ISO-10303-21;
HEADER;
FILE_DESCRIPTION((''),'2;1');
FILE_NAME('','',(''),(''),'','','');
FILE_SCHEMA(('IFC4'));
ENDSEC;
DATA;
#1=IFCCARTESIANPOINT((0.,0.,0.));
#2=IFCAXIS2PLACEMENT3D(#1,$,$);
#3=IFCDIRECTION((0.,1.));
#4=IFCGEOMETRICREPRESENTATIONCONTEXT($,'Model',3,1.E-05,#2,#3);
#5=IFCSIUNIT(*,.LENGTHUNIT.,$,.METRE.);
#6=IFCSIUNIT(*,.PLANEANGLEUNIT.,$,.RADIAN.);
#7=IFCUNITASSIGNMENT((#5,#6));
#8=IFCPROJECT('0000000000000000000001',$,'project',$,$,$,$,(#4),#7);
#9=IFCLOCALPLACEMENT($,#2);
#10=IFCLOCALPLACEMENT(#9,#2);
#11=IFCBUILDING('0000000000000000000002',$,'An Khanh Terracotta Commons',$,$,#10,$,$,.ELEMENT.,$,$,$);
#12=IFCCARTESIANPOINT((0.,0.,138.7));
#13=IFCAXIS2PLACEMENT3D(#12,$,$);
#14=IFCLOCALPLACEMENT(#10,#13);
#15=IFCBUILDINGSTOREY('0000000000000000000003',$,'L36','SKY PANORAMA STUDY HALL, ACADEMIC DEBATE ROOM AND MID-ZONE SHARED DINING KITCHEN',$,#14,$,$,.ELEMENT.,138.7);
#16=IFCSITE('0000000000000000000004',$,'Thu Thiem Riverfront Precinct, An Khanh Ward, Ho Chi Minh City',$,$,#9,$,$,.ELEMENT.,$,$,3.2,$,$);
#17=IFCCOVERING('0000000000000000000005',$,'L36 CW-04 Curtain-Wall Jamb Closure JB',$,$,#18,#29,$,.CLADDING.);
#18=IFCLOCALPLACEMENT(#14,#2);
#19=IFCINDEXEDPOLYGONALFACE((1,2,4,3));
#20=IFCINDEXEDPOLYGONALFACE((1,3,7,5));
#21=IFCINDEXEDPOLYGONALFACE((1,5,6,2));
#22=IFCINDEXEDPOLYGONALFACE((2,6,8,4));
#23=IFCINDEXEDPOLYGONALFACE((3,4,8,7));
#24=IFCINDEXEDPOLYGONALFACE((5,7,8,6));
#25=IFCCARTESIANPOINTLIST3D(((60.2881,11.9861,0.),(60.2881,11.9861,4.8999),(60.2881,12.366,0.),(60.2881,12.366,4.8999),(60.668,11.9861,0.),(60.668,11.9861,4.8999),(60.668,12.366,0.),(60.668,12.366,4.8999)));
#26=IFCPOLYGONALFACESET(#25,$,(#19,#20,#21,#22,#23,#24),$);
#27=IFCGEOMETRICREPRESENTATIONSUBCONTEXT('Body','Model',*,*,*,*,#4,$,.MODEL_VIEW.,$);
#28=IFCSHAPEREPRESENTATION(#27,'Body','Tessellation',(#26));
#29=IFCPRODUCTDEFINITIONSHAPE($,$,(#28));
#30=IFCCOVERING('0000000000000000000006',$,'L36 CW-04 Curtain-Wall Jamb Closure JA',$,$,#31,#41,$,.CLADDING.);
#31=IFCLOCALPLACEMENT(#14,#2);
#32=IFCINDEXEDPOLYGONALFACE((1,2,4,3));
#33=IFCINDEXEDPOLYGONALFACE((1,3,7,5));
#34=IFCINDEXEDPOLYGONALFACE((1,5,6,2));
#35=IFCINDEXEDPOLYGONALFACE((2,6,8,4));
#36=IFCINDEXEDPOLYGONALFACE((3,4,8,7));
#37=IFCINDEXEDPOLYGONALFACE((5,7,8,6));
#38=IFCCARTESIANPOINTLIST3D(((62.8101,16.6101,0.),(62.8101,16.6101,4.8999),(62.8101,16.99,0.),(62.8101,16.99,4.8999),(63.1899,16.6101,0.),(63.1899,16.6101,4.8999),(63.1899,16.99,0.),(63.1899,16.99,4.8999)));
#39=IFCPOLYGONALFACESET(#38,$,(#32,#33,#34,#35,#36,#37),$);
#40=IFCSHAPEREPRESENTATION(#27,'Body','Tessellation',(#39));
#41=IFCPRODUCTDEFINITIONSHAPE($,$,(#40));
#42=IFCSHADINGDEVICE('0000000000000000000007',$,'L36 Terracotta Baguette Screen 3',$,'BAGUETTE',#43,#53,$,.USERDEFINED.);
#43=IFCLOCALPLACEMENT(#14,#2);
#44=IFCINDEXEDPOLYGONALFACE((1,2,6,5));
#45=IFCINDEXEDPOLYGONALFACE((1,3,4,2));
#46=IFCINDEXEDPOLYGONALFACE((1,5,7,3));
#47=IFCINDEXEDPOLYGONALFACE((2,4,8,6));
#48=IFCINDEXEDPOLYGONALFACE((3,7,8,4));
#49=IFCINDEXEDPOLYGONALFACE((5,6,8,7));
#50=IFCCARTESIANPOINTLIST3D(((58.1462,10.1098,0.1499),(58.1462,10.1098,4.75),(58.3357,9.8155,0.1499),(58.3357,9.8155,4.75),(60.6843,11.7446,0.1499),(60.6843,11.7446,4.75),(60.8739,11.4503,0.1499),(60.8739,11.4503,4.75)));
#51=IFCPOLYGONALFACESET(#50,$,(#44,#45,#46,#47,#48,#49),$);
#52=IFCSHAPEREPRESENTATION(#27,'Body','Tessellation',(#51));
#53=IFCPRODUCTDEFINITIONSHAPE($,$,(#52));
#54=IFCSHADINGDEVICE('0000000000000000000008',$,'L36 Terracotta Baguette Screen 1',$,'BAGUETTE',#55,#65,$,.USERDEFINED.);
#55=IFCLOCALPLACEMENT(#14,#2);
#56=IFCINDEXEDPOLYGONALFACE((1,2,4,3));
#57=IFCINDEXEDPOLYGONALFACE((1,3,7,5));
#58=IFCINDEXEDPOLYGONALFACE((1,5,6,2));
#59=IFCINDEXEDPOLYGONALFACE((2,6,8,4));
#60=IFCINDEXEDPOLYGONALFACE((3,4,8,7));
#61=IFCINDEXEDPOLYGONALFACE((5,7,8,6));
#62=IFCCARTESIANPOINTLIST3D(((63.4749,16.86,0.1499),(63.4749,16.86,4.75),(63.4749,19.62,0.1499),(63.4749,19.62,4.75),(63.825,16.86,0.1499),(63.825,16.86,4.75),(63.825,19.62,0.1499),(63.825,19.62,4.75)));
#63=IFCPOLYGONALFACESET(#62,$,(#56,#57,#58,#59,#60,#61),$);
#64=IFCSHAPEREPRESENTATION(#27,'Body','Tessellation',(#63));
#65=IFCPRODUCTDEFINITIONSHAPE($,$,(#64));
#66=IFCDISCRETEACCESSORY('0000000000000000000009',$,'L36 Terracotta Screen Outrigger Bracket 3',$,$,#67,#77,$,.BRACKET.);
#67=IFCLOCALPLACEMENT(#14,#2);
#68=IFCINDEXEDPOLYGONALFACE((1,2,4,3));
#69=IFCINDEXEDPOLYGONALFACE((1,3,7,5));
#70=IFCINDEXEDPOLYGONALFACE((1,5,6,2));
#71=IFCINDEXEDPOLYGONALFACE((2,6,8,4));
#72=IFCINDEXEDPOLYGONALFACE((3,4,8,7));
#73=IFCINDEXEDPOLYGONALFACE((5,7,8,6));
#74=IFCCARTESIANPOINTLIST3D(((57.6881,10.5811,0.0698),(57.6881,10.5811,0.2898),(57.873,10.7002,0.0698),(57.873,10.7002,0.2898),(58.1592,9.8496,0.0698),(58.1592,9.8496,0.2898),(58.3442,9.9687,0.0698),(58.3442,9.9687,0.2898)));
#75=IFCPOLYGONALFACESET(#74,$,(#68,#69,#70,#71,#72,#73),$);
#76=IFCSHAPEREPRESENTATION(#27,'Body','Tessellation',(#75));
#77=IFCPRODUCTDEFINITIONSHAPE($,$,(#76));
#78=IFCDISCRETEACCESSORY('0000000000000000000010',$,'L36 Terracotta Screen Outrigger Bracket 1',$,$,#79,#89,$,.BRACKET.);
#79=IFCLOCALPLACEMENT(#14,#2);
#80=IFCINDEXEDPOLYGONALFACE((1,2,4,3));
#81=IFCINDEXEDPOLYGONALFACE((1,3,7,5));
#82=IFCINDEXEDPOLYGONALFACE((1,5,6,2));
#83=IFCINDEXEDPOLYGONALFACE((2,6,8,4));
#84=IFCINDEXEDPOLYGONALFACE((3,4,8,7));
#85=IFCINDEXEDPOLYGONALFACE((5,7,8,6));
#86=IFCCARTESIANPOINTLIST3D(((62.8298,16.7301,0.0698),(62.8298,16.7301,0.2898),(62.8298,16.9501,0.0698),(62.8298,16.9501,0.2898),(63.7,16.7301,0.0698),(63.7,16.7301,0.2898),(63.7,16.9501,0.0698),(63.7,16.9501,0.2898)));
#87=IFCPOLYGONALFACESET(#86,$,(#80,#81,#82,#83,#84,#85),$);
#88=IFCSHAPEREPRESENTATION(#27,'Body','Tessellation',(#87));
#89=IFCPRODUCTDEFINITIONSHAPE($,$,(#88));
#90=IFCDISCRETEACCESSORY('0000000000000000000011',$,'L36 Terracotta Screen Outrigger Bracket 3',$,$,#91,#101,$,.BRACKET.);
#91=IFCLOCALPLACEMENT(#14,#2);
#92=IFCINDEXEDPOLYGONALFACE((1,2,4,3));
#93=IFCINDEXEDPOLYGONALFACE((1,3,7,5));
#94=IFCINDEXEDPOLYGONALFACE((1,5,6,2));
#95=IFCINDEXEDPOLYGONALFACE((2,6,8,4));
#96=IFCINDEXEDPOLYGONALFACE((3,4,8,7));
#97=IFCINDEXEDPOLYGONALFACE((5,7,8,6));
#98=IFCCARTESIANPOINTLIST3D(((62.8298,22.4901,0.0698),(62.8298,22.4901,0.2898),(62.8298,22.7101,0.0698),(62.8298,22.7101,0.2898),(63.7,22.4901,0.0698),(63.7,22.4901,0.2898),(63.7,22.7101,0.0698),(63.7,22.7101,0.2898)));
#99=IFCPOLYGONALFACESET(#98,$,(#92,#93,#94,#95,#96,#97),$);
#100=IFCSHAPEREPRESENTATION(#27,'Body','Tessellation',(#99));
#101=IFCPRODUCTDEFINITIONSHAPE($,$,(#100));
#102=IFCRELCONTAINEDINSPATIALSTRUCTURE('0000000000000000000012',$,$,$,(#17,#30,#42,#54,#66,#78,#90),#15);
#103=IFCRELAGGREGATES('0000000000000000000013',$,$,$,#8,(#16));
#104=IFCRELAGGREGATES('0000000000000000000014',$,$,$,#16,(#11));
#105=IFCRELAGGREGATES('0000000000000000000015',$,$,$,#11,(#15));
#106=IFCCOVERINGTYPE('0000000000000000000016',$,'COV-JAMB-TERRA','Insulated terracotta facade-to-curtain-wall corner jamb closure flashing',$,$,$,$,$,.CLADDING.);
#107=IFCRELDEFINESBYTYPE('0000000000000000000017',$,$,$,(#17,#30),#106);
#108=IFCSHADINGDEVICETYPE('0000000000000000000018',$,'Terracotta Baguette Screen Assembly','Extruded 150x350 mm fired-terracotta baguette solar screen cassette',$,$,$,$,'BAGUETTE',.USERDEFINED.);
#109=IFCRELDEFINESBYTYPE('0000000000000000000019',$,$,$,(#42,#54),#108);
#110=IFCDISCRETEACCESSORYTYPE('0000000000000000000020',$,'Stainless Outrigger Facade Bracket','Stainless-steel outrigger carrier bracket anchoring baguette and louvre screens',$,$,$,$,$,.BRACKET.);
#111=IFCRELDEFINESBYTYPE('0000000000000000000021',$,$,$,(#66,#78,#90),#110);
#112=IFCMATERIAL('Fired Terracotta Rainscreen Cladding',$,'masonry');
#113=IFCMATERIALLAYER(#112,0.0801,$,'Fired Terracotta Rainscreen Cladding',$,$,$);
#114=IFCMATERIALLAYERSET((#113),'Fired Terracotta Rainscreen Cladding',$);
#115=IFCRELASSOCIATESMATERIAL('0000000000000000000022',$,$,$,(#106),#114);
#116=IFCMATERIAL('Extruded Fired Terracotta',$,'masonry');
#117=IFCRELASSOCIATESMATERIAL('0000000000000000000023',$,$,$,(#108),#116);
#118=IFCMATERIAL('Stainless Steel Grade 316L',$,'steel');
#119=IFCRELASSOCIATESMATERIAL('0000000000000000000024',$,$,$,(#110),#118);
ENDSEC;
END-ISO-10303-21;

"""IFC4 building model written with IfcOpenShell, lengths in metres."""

from ifc_helpers import new_model, si_unit, direction, frame, origin, origin_2d, place, context, subcontext, project, spatial, rectangle, extrude, material, layer, layer_set, type_object, element, save


model = new_model("IFC4")

# Units and contexts
model_context = context("Model", 3, precision=1e-05, world=origin(), true_north=direction((0.0, 1.0)))
body_context = subcontext(model_context, "Body", "Model", "MODEL_VIEW")
ifc_project = project(units=[si_unit("LENGTHUNIT", "METRE"), si_unit("PLANEANGLEUNIT", "RADIAN")], contexts=[model_context])

# Site, building, storey
site_placement = place(None, origin())
site = spatial("IfcSite", under=ifc_project, at=site_placement, Name="Thu Thiem Riverfront Precinct, An Khanh Ward, Ho Chi Minh City", CompositionType="ELEMENT", RefElevation=3.2)
building_placement = place(site_placement, origin())
building = spatial("IfcBuilding", under=site, at=building_placement, Name="An Khanh Terracotta Commons", CompositionType="ELEMENT")
storey_placement = place(building_placement, frame((0.0, 0.0, 138.7)))
storey = spatial("IfcBuildingStorey", under=building, at=storey_placement, Name="L36", Description="SKY PANORAMA STUDY HALL, ACADEMIC DEBATE ROOM AND MID-ZONE SHARED DINING KITCHEN", CompositionType="ELEMENT", Elevation=138.7)

# Coverings
ifc_material_1 = material(Name="Fired Terracotta Rainscreen Cladding", Category="masonry")
ifc_layer_1 = layer(ifc_material_1, 0.0801, Name="Fired Terracotta Rainscreen Cladding")
ifc_layer_set_1 = layer_set([ifc_layer_1], Name="Fired Terracotta Rainscreen Cladding")
covering_type = type_object("IfcCoveringType", Name="COV-JAMB-TERRA", Description="Insulated terracotta facade-to-curtain-wall corner jamb closure flashing", PredefinedType="CLADDING", material=ifc_layer_set_1)
for number, where, z_axis, x_axis, name in (
    (1, (60.478, 12.176, 0.0), (0.0, 0.0, 1.0), (1.0, 0.0, 0.0), "L36 CW-04 Curtain-Wall Jamb Closure JB"),
    (2, (63.0, 16.8, 0.0), (0.0, 0.0, 1.0), (1.0, 0.0, 0.0), "L36 CW-04 Curtain-Wall Jamb Closure JA"),
):
    element("IfcCovering", number, at=place(storey_placement, frame(where, z_axis=z_axis, x_axis=x_axis)), inside=storey, type_object=covering_type, Name=name, PredefinedType="CLADDING", context=body_context, shape_type="SweptSolid", body=[
        extrude(rectangle(XDim=0.3799, YDim=0.3799, at=origin_2d()), origin(), (0.0, 0.0, 1.0), 4.8999),
    ])

# Shading devices
ifc_material_2 = material(Name="Extruded Fired Terracotta", Category="masonry")
shading_device_type = type_object("IfcShadingDeviceType", Name="Terracotta Baguette Screen Assembly", Description="Extruded 150x350 mm fired-terracotta baguette solar screen cassette", ElementType="BAGUETTE", PredefinedType="USERDEFINED", material=ifc_material_2)
shading_device_1_placement = place(storey_placement, frame((59.51, 10.78, 0.1499), z_axis=(0.0, 0.0, 1.0), x_axis=(0.840702, 0.541498, 0.0)))
element("IfcShadingDevice", 3, at=shading_device_1_placement, inside=storey, type_object=shading_device_type, Name="L36 Terracotta Baguette Screen 3", ObjectType="BAGUETTE", PredefinedType="USERDEFINED", context=body_context, shape_type="SweptSolid", body=[
    extrude(rectangle(XDim=3.019, YDim=0.3501, at=origin_2d()), origin(), (0.0, 0.0, 1.0), 4.6001),
])
shading_device_2_placement = place(storey_placement, frame((63.6499, 18.24, 0.1499), z_axis=(0.0, 0.0, 1.0), x_axis=(0.0, 1.0, 0.0)))
element("IfcShadingDevice", 4, at=shading_device_2_placement, inside=storey, type_object=shading_device_type, Name="L36 Terracotta Baguette Screen 1", ObjectType="BAGUETTE", PredefinedType="USERDEFINED", context=body_context, shape_type="SweptSolid", body=[
    extrude(rectangle(XDim=2.76, YDim=0.3501, at=origin_2d()), origin(), (0.0, 0.0, 1.0), 4.6001),
])

# Discrete accessories
ifc_material_3 = material(Name="Stainless Steel Grade 316L", Category="steel")
discrete_accessory_type = type_object("IfcDiscreteAccessoryType", Name="Stainless Outrigger Facade Bracket", Description="Stainless-steel outrigger carrier bracket anchoring baguette and louvre screens", PredefinedType="BRACKET", material=ifc_material_3)
for number, where, z_axis, x_axis, name in (
    (5, (58.0161, 10.2749, 0.0698), (0.0, 0.0, 1.0), (0.840702, 0.541498, 0.0), "L36 Terracotta Screen Outrigger Bracket 3"),
    (6, (63.2649, 16.8401, 0.0698), (0.0, 0.0, 1.0), (0.0, 1.0, 0.0), "L36 Terracotta Screen Outrigger Bracket 1"),
    (7, (63.2649, 22.6001, 0.0698), (0.0, 0.0, 1.0), (0.0, 1.0, 0.0), "L36 Terracotta Screen Outrigger Bracket 3"),
):
    element("IfcDiscreteAccessory", number, at=place(storey_placement, frame(where, z_axis=z_axis, x_axis=x_axis)), inside=storey, type_object=discrete_accessory_type, Name=name, PredefinedType="BRACKET", context=body_context, shape_type="SweptSolid", body=[
        extrude(rectangle(XDim=0.22, YDim=0.8701, at=origin_2d()), origin(), (0.0, 0.0, 1.0), 0.22),
    ])

save(model, "model.ifc")
